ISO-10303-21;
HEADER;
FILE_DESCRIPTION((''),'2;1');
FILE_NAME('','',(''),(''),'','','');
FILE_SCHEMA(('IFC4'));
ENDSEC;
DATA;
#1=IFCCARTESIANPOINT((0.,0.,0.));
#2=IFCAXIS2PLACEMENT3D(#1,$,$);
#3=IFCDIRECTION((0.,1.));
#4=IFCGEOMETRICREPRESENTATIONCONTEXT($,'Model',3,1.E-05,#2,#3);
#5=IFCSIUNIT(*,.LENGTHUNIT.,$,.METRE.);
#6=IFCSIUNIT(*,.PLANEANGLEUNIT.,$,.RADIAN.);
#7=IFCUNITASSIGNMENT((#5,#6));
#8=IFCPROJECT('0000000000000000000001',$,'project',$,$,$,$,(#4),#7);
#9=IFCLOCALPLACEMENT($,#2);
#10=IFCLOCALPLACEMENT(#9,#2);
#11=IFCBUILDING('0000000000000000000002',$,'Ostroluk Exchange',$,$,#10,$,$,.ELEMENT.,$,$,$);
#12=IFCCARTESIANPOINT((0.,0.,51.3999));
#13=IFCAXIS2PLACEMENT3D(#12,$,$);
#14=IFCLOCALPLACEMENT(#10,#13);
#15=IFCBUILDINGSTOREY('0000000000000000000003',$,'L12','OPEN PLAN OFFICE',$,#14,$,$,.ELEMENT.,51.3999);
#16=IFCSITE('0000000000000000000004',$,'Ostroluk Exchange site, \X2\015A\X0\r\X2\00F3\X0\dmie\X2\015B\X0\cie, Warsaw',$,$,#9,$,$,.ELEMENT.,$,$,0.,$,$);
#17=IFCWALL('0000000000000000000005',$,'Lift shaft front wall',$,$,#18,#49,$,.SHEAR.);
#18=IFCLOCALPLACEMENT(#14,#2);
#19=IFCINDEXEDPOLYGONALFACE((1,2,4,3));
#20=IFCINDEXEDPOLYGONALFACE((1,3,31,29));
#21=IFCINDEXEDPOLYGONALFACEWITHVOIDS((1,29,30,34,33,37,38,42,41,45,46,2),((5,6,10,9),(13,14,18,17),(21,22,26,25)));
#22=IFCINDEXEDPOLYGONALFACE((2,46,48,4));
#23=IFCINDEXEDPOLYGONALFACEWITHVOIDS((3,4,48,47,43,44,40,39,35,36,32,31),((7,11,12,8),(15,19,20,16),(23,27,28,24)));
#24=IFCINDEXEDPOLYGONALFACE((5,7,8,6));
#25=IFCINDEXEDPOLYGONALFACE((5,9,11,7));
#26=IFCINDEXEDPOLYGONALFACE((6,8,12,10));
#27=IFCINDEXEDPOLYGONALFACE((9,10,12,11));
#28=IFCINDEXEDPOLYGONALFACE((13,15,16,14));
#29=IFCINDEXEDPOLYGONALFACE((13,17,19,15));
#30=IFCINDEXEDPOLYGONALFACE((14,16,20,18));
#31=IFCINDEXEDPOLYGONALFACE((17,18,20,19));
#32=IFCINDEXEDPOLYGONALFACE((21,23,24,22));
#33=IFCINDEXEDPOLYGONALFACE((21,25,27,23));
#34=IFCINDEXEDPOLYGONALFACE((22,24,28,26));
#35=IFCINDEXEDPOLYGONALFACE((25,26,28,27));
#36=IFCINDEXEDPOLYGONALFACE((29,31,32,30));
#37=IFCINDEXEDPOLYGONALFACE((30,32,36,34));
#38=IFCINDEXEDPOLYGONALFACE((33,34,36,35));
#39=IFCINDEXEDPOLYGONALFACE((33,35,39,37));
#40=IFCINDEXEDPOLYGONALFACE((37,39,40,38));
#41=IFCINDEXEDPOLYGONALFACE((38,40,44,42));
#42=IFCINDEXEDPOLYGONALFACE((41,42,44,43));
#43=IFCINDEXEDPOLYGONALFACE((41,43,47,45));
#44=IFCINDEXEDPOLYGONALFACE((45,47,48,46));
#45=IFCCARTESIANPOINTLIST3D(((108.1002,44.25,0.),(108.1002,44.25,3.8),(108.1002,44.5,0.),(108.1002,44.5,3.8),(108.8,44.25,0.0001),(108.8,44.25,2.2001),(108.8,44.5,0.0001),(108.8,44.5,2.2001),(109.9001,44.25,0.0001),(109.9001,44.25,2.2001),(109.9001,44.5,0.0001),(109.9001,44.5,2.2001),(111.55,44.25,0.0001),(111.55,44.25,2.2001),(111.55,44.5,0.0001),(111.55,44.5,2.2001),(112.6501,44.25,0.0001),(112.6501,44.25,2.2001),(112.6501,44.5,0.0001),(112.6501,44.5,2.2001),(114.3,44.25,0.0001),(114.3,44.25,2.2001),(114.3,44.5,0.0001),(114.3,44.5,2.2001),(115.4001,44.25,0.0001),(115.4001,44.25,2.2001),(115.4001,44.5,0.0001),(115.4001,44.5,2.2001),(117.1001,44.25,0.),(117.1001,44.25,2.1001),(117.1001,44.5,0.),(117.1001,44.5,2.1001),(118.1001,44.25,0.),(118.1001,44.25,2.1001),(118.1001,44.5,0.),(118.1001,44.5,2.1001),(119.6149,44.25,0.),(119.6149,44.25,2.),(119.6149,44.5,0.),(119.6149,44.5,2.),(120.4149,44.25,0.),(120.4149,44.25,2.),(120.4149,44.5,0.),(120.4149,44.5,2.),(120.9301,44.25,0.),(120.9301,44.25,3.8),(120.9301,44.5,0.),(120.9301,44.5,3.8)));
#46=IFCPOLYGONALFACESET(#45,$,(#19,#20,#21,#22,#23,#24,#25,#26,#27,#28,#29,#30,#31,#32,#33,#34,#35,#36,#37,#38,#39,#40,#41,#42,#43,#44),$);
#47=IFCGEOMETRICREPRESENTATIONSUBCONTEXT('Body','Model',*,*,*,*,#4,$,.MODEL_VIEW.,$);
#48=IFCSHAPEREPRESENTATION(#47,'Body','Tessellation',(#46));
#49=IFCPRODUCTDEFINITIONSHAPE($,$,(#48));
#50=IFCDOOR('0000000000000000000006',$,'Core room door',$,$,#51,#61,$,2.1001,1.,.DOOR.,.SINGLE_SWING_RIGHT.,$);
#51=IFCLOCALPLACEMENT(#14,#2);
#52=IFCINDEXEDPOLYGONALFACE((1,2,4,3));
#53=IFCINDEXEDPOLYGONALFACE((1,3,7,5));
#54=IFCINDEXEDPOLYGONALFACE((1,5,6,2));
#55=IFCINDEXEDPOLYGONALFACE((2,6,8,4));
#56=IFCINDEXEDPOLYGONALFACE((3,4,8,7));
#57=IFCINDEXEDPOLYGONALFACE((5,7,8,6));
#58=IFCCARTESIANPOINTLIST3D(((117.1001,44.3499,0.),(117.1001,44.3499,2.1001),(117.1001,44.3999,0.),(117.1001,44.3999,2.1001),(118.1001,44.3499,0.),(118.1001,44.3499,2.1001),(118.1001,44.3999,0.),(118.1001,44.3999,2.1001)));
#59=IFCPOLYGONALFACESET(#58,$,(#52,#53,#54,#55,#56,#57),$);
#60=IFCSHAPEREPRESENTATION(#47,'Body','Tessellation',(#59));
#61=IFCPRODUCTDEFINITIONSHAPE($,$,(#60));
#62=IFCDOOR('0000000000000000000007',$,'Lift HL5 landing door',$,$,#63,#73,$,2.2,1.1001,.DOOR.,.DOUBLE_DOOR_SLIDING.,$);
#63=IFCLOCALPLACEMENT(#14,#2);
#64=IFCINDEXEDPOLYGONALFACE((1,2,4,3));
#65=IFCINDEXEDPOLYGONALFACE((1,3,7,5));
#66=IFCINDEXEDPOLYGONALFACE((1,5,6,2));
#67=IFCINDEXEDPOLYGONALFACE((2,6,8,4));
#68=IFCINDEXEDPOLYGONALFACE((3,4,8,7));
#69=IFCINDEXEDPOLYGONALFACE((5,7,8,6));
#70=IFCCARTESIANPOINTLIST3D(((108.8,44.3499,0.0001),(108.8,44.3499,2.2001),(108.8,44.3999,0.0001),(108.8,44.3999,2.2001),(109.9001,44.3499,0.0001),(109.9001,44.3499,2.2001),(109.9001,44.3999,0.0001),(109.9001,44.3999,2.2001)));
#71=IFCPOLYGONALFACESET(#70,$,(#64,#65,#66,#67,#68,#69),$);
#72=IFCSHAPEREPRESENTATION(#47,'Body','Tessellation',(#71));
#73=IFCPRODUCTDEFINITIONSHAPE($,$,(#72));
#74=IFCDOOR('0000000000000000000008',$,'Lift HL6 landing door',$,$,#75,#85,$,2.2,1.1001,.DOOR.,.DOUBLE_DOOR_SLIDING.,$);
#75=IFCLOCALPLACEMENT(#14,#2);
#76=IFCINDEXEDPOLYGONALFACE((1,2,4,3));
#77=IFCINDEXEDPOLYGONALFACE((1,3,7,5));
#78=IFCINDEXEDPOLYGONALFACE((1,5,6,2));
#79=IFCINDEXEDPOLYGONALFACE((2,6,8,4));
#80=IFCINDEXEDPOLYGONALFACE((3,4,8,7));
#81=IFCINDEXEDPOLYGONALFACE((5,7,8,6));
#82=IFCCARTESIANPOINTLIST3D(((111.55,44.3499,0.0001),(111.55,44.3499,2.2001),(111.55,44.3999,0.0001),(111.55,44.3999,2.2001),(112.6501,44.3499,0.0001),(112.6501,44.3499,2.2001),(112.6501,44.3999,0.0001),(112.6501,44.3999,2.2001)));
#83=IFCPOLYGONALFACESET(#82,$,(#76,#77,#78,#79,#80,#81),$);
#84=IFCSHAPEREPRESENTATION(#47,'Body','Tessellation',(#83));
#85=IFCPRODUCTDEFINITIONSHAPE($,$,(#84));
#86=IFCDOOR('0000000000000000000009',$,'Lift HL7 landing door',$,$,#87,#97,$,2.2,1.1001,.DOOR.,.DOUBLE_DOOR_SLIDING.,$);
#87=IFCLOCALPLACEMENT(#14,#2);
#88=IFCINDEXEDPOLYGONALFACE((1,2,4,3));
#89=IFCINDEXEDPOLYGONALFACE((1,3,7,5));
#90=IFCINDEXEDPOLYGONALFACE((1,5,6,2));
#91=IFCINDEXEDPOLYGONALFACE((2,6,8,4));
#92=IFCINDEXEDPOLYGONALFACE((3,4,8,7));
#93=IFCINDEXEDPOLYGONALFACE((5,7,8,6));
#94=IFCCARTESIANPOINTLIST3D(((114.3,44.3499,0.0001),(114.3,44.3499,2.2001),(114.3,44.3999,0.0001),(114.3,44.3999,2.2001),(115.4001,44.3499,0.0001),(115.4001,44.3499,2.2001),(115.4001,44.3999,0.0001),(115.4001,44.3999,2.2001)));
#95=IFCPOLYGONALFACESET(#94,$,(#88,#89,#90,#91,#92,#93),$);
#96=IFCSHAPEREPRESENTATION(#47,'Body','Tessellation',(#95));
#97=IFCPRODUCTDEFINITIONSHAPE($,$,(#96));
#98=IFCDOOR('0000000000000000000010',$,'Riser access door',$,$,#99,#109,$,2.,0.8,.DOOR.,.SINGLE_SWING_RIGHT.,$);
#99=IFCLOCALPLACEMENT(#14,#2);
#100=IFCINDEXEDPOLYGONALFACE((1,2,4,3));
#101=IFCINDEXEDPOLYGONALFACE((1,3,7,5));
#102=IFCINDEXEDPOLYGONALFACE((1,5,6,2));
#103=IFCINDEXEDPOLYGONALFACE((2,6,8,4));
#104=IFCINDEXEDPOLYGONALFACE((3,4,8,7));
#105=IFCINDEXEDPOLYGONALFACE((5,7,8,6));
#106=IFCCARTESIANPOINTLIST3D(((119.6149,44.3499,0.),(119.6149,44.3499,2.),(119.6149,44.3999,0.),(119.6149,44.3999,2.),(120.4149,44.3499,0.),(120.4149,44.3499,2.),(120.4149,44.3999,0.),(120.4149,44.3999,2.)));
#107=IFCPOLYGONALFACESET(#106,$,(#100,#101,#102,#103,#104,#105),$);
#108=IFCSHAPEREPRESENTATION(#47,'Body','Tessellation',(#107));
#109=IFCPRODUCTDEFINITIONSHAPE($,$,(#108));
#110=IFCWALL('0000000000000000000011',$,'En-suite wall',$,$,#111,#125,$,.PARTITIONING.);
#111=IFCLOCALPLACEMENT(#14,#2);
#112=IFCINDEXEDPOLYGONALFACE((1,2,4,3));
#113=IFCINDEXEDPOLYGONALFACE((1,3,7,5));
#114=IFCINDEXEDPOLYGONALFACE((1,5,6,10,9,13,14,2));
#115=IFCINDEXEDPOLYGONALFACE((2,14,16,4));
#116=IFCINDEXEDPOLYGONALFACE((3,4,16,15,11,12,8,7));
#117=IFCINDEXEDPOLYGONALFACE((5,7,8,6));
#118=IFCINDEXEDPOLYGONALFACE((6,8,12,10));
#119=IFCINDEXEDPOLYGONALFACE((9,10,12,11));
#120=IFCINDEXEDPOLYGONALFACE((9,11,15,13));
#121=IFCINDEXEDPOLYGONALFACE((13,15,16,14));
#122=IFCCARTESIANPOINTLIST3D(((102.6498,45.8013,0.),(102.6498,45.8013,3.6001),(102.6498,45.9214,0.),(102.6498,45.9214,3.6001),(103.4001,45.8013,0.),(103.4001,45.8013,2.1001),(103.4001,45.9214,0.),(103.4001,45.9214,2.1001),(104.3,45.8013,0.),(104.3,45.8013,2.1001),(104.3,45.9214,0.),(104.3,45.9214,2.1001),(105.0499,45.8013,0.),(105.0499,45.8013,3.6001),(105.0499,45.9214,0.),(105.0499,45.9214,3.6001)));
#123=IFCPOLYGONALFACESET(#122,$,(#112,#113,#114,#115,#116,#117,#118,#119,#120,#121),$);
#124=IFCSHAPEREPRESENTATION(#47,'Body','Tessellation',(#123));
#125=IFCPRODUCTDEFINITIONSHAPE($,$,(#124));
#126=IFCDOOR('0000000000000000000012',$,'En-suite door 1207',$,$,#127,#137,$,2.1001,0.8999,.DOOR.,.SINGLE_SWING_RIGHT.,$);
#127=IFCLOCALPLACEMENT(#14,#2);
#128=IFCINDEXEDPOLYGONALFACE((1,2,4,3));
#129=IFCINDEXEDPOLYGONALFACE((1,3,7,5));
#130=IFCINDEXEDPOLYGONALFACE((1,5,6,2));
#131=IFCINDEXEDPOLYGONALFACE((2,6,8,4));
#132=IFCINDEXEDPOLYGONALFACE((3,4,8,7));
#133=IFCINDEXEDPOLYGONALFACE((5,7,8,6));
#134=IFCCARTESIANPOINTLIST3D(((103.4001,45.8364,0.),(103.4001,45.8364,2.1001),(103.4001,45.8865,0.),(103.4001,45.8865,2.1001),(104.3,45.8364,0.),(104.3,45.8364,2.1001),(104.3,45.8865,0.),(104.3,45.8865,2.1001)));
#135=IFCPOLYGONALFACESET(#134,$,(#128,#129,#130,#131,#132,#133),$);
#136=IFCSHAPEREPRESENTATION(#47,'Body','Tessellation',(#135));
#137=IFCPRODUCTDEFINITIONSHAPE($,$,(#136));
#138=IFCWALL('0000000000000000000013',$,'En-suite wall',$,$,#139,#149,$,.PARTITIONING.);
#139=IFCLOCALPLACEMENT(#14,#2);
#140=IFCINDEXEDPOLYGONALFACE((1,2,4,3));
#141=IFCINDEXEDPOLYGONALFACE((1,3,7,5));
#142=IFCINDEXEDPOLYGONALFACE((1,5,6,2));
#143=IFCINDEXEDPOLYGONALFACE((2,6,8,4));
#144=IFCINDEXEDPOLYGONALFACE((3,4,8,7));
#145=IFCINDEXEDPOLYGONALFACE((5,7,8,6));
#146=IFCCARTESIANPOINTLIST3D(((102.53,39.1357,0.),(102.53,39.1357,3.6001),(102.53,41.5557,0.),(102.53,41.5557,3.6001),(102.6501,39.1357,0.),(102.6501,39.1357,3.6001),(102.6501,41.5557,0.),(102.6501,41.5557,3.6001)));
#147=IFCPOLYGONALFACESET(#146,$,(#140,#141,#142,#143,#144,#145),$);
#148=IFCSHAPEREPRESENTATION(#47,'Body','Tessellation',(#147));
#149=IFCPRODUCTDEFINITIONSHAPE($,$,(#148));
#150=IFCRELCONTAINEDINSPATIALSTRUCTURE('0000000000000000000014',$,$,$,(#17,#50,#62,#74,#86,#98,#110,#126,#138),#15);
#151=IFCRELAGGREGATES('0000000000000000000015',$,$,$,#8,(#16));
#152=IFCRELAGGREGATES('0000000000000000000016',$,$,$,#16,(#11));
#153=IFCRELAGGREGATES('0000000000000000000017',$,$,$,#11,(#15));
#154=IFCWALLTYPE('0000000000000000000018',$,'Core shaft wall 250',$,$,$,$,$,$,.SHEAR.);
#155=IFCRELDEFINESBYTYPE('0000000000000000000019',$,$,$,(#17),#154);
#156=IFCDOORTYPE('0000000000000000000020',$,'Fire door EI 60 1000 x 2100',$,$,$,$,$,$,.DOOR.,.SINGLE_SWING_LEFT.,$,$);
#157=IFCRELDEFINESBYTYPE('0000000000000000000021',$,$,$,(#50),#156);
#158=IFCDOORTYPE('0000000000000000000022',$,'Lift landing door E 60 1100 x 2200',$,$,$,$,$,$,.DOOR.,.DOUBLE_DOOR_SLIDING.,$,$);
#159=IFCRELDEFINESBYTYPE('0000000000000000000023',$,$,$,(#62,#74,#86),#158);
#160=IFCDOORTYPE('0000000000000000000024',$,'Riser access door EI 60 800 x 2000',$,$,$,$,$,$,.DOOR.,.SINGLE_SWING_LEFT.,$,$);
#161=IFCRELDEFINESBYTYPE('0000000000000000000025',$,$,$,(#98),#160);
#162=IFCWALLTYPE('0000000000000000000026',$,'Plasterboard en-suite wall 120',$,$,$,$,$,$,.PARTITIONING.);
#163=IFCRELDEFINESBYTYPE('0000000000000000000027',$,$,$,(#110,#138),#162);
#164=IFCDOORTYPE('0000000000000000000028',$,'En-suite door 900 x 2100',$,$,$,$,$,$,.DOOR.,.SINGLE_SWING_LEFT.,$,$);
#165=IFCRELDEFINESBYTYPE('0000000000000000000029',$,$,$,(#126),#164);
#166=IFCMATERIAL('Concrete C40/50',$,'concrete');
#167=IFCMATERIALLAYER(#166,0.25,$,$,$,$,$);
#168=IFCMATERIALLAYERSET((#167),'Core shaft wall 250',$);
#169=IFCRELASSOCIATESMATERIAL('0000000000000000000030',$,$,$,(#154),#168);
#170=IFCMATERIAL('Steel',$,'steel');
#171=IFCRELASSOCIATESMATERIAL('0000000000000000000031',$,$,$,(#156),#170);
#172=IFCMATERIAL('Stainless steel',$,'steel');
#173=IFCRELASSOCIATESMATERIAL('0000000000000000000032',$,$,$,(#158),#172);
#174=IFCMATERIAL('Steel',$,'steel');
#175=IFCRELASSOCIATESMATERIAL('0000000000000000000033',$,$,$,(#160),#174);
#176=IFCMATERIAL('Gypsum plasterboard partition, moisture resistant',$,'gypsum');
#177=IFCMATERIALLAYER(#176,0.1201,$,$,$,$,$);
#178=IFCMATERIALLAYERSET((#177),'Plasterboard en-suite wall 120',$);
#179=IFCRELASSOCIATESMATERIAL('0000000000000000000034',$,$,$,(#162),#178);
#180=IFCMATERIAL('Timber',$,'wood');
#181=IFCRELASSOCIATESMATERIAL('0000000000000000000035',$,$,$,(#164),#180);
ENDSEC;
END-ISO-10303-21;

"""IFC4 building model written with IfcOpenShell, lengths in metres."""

from ifc_helpers import new_model, si_unit, direction, frame, frame_2d, origin, place, context, subcontext, project, spatial, rectangle, extrude, material, layer, layer_set, type_object, element, fill, save


model = new_model("IFC4")

# Units and contexts
model_context = context("Model", 3, precision=1e-05, world=origin(), true_north=direction((0.0, 1.0)))
body_context = subcontext(model_context, "Body", "Model", "MODEL_VIEW")
ifc_project = project(units=[si_unit("LENGTHUNIT", "METRE"), si_unit("PLANEANGLEUNIT", "RADIAN")], contexts=[model_context])

# Site, building, storey
site_placement = place(None, origin())
site = spatial("IfcSite", under=ifc_project, at=site_placement, Name="Ostroluk Exchange site, Śródmieście, Warsaw", CompositionType="ELEMENT", RefElevation=0.0)
building_placement = place(site_placement, origin())
building = spatial("IfcBuilding", under=site, at=building_placement, Name="Ostroluk Exchange", CompositionType="ELEMENT")
storey_placement = place(building_placement, frame((0.0, 0.0, 51.3999)))
storey = spatial("IfcBuildingStorey", under=building, at=storey_placement, Name="L12", Description="OPEN PLAN OFFICE", CompositionType="ELEMENT", Elevation=51.3999)

# Shared definitions
ifc_material_1 = material(Name="Concrete C40/50", Category="concrete")
ifc_layer_1 = layer(ifc_material_1, 0.25)
ifc_layer_set_1 = layer_set([ifc_layer_1], Name="Core shaft wall 250")
wall_type_1 = type_object("IfcWallType", Name="Core shaft wall 250", PredefinedType="SHEAR", material=ifc_layer_set_1)

# Wall, openings, doors
wall_1_placement = place(storey_placement, frame((108.1001, 44.375, 0.0), z_axis=(0.0, 0.0, 1.0), x_axis=(1.0, 0.0, 0.0)))
wall_1 = element("IfcWall", 1, at=wall_1_placement, inside=storey, type_object=wall_type_1, Name="Lift shaft front wall", PredefinedType="SHEAR", context=body_context, shape_type="SweptSolid", body=[
    extrude(rectangle(XDim=12.8298, YDim=0.25, at=frame_2d((6.415, 0.0))), origin(), (0.0, 0.0, 1.0), 3.8),
])
opening_1_placement = place(wall_1_placement, frame((0.7, 0.0, 0.0)))
opening_1 = element("IfcOpeningElement", 2, at=opening_1_placement, cuts=wall_1, PredefinedType="OPENING", context=body_context, shape_type="SweptSolid", body=[
    extrude(rectangle(XDim=1.1001, YDim=2.2, at=frame_2d((0.55, 1.1001))), frame((0.0, 0.135, 0.0), z_axis=(0.0, -1.0, 0.0), x_axis=(1.0, 0.0, 0.0)), (0.0, 0.0, 1.0), 0.27),
])
opening_2_placement = place(wall_1_placement, frame((3.45, 0.0, 0.0)))
opening_2 = element("IfcOpeningElement", 3, at=opening_2_placement, cuts=wall_1, PredefinedType="OPENING", context=body_context, shape_type="SweptSolid", body=[
    extrude(rectangle(XDim=1.1001, YDim=2.2, at=frame_2d((0.55, 1.1001))), frame((0.0, 0.135, 0.0), z_axis=(0.0, -1.0, 0.0), x_axis=(1.0, 0.0, 0.0)), (0.0, 0.0, 1.0), 0.27),
])
opening_3_placement = place(wall_1_placement, frame((6.2, 0.0, 0.0)))
opening_3 = element("IfcOpeningElement", 4, at=opening_3_placement, cuts=wall_1, PredefinedType="OPENING", context=body_context, shape_type="SweptSolid", body=[
    extrude(rectangle(XDim=1.1001, YDim=2.2, at=frame_2d((0.55, 1.1001))), frame((0.0, 0.135, 0.0), z_axis=(0.0, -1.0, 0.0), x_axis=(1.0, 0.0, 0.0)), (0.0, 0.0, 1.0), 0.27),
])
opening_4_placement = place(wall_1_placement, frame((9.0, 0.0, 0.0)))
opening_4 = element("IfcOpeningElement", 5, at=opening_4_placement, cuts=wall_1, PredefinedType="OPENING", context=body_context, shape_type="SweptSolid", body=[
    extrude(rectangle(XDim=1.0, YDim=2.1001, at=frame_2d((0.5, 1.05))), frame((0.0, 0.135, 0.0), z_axis=(0.0, -1.0, 0.0), x_axis=(1.0, 0.0, 0.0)), (0.0, 0.0, 1.0), 0.27),
])
opening_5_placement = place(wall_1_placement, frame((11.5149, 0.0, 0.0)))
opening_5 = element("IfcOpeningElement", 6, at=opening_5_placement, cuts=wall_1, PredefinedType="OPENING", context=body_context, shape_type="SweptSolid", body=[
    extrude(rectangle(XDim=0.8, YDim=2.0, at=frame_2d((0.3999, 1.0))), frame((0.0, 0.135, 0.0), z_axis=(0.0, -1.0, 0.0), x_axis=(1.0, 0.0, 0.0)), (0.0, 0.0, 1.0), 0.27),
])
ifc_material_2 = material(Name="Steel", Category="steel")
door_type_1 = type_object("IfcDoorType", Name="Fire door EI 60 1000 x 2100", OperationType="SINGLE_SWING_LEFT", PredefinedType="DOOR", material=ifc_material_2)
door_1_placement = place(opening_4_placement, origin())
door_1 = element("IfcDoor", 7, at=door_1_placement, inside=storey, type_object=door_type_1, Name="Core room door", OperationType="SINGLE_SWING_RIGHT", OverallHeight=2.1001, OverallWidth=1.0, PredefinedType="DOOR", context=body_context, shape_type="SweptSolid", body=[
    extrude(rectangle(XDim=1.0, YDim=2.1001, at=frame_2d((0.5, 1.05))), frame((0.0, 0.0249, 0.0), z_axis=(0.0, -1.0, 0.0), x_axis=(1.0, 0.0, 0.0)), (0.0, 0.0, 1.0), 0.05),
])
fill(opening_4, door_1)
ifc_material_3 = material(Name="Stainless steel", Category="steel")
door_type_2 = type_object("IfcDoorType", Name="Lift landing door E 60 1100 x 2200", OperationType="DOUBLE_DOOR_SLIDING", PredefinedType="DOOR", material=ifc_material_3)
door_2_placement = place(opening_1_placement, origin())
door_2 = element("IfcDoor", 8, at=door_2_placement, inside=storey, type_object=door_type_2, Name="Lift HL5 landing door", OperationType="DOUBLE_DOOR_SLIDING", OverallHeight=2.2, OverallWidth=1.1001, PredefinedType="DOOR", context=body_context, shape_type="SweptSolid", body=[
    extrude(rectangle(XDim=1.1001, YDim=2.2, at=frame_2d((0.55, 1.1001))), frame((0.0, 0.0249, 0.0), z_axis=(0.0, -1.0, 0.0), x_axis=(1.0, 0.0, 0.0)), (0.0, 0.0, 1.0), 0.05),
])
fill(opening_1, door_2)
door_3_placement = place(opening_2_placement, origin())
door_3 = element("IfcDoor", 9, at=door_3_placement, inside=storey, type_object=door_type_2, Name="Lift HL6 landing door", OperationType="DOUBLE_DOOR_SLIDING", OverallHeight=2.2, OverallWidth=1.1001, PredefinedType="DOOR", context=body_context, shape_type="SweptSolid", body=[
    extrude(rectangle(XDim=1.1001, YDim=2.2, at=frame_2d((0.55, 1.1001))), frame((0.0, 0.0249, 0.0), z_axis=(0.0, -1.0, 0.0), x_axis=(1.0, 0.0, 0.0)), (0.0, 0.0, 1.0), 0.05),
])
fill(opening_2, door_3)
door_4_placement = place(opening_3_placement, origin())
door_4 = element("IfcDoor", 10, at=door_4_placement, inside=storey, type_object=door_type_2, Name="Lift HL7 landing door", OperationType="DOUBLE_DOOR_SLIDING", OverallHeight=2.2, OverallWidth=1.1001, PredefinedType="DOOR", context=body_context, shape_type="SweptSolid", body=[
    extrude(rectangle(XDim=1.1001, YDim=2.2, at=frame_2d((0.55, 1.1001))), frame((0.0, 0.0249, 0.0), z_axis=(0.0, -1.0, 0.0), x_axis=(1.0, 0.0, 0.0)), (0.0, 0.0, 1.0), 0.05),
])
fill(opening_3, door_4)
ifc_material_4 = material(Name="Steel", Category="steel")
door_type_3 = type_object("IfcDoorType", Name="Riser access door EI 60 800 x 2000", OperationType="SINGLE_SWING_LEFT", PredefinedType="DOOR", material=ifc_material_4)
door_5_placement = place(opening_5_placement, origin())
door_5 = element("IfcDoor", 11, at=door_5_placement, inside=storey, type_object=door_type_3, Name="Riser access door", OperationType="SINGLE_SWING_RIGHT", OverallHeight=2.0, OverallWidth=0.8, PredefinedType="DOOR", context=body_context, shape_type="SweptSolid", body=[
    extrude(rectangle(XDim=0.8, YDim=2.0, at=frame_2d((0.3999, 1.0))), frame((0.0, 0.0249, 0.0), z_axis=(0.0, -1.0, 0.0), x_axis=(1.0, 0.0, 0.0)), (0.0, 0.0, 1.0), 0.05),
])
fill(opening_5, door_5)

# Wall, opening, door
ifc_material_5 = material(Name="Gypsum plasterboard partition, moisture resistant", Category="gypsum")
ifc_layer_2 = layer(ifc_material_5, 0.1201)
ifc_layer_set_2 = layer_set([ifc_layer_2], Name="Plasterboard en-suite wall 120")
wall_type_2 = type_object("IfcWallType", Name="Plasterboard en-suite wall 120", PredefinedType="PARTITIONING", material=ifc_layer_set_2)
wall_2_placement = place(storey_placement, frame((105.05, 45.8613, 0.0), z_axis=(0.0, 0.0, 1.0), x_axis=(-1.0, 0.0, 0.0)))
wall_2 = element("IfcWall", 12, at=wall_2_placement, inside=storey, type_object=wall_type_2, Name="En-suite wall", PredefinedType="PARTITIONING", context=body_context, shape_type="SweptSolid", body=[
    extrude(rectangle(XDim=2.4001, YDim=0.1201, at=frame_2d((1.2002, 0.0))), origin(), (0.0, 0.0, 1.0), 3.6001),
])
opening_6_placement = place(wall_2_placement, frame((0.75, 0.0, 0.0)))
opening_6 = element("IfcOpeningElement", 13, at=opening_6_placement, cuts=wall_2, PredefinedType="OPENING", context=body_context, shape_type="SweptSolid", body=[
    extrude(rectangle(XDim=0.8999, YDim=2.1001, at=frame_2d((0.45, 1.05))), frame((0.0, 0.0701, 0.0), z_axis=(0.0, -1.0, 0.0), x_axis=(1.0, 0.0, 0.0)), (0.0, 0.0, 1.0), 0.1401),
])
ifc_material_6 = material(Name="Timber", Category="wood")
door_type_4 = type_object("IfcDoorType", Name="En-suite door 900 x 2100", OperationType="SINGLE_SWING_LEFT", PredefinedType="DOOR", material=ifc_material_6)
door_6_placement = place(opening_6_placement, origin())
door_6 = element("IfcDoor", 14, at=door_6_placement, inside=storey, type_object=door_type_4, Name="En-suite door 1207", OperationType="SINGLE_SWING_RIGHT", OverallHeight=2.1001, OverallWidth=0.8999, PredefinedType="DOOR", context=body_context, shape_type="SweptSolid", body=[
    extrude(rectangle(XDim=0.8999, YDim=2.1001, at=frame_2d((0.45, 1.05))), frame((0.0, 0.0249, 0.0), z_axis=(0.0, -1.0, 0.0), x_axis=(1.0, 0.0, 0.0)), (0.0, 0.0, 1.0), 0.05),
])
fill(opening_6, door_6)

# Wall
wall_3_placement = place(storey_placement, frame((102.5901, 41.5557, 0.0), z_axis=(0.0, 0.0, 1.0), x_axis=(0.0, -1.0, 0.0)))
element("IfcWall", 15, at=wall_3_placement, inside=storey, type_object=wall_type_2, Name="En-suite wall", PredefinedType="PARTITIONING", context=body_context, shape_type="SweptSolid", body=[
    extrude(rectangle(XDim=2.4199, YDim=0.1201, at=frame_2d((1.21, 0.0))), origin(), (0.0, 0.0, 1.0), 3.6001),
])

save(model, "model.ifc")
